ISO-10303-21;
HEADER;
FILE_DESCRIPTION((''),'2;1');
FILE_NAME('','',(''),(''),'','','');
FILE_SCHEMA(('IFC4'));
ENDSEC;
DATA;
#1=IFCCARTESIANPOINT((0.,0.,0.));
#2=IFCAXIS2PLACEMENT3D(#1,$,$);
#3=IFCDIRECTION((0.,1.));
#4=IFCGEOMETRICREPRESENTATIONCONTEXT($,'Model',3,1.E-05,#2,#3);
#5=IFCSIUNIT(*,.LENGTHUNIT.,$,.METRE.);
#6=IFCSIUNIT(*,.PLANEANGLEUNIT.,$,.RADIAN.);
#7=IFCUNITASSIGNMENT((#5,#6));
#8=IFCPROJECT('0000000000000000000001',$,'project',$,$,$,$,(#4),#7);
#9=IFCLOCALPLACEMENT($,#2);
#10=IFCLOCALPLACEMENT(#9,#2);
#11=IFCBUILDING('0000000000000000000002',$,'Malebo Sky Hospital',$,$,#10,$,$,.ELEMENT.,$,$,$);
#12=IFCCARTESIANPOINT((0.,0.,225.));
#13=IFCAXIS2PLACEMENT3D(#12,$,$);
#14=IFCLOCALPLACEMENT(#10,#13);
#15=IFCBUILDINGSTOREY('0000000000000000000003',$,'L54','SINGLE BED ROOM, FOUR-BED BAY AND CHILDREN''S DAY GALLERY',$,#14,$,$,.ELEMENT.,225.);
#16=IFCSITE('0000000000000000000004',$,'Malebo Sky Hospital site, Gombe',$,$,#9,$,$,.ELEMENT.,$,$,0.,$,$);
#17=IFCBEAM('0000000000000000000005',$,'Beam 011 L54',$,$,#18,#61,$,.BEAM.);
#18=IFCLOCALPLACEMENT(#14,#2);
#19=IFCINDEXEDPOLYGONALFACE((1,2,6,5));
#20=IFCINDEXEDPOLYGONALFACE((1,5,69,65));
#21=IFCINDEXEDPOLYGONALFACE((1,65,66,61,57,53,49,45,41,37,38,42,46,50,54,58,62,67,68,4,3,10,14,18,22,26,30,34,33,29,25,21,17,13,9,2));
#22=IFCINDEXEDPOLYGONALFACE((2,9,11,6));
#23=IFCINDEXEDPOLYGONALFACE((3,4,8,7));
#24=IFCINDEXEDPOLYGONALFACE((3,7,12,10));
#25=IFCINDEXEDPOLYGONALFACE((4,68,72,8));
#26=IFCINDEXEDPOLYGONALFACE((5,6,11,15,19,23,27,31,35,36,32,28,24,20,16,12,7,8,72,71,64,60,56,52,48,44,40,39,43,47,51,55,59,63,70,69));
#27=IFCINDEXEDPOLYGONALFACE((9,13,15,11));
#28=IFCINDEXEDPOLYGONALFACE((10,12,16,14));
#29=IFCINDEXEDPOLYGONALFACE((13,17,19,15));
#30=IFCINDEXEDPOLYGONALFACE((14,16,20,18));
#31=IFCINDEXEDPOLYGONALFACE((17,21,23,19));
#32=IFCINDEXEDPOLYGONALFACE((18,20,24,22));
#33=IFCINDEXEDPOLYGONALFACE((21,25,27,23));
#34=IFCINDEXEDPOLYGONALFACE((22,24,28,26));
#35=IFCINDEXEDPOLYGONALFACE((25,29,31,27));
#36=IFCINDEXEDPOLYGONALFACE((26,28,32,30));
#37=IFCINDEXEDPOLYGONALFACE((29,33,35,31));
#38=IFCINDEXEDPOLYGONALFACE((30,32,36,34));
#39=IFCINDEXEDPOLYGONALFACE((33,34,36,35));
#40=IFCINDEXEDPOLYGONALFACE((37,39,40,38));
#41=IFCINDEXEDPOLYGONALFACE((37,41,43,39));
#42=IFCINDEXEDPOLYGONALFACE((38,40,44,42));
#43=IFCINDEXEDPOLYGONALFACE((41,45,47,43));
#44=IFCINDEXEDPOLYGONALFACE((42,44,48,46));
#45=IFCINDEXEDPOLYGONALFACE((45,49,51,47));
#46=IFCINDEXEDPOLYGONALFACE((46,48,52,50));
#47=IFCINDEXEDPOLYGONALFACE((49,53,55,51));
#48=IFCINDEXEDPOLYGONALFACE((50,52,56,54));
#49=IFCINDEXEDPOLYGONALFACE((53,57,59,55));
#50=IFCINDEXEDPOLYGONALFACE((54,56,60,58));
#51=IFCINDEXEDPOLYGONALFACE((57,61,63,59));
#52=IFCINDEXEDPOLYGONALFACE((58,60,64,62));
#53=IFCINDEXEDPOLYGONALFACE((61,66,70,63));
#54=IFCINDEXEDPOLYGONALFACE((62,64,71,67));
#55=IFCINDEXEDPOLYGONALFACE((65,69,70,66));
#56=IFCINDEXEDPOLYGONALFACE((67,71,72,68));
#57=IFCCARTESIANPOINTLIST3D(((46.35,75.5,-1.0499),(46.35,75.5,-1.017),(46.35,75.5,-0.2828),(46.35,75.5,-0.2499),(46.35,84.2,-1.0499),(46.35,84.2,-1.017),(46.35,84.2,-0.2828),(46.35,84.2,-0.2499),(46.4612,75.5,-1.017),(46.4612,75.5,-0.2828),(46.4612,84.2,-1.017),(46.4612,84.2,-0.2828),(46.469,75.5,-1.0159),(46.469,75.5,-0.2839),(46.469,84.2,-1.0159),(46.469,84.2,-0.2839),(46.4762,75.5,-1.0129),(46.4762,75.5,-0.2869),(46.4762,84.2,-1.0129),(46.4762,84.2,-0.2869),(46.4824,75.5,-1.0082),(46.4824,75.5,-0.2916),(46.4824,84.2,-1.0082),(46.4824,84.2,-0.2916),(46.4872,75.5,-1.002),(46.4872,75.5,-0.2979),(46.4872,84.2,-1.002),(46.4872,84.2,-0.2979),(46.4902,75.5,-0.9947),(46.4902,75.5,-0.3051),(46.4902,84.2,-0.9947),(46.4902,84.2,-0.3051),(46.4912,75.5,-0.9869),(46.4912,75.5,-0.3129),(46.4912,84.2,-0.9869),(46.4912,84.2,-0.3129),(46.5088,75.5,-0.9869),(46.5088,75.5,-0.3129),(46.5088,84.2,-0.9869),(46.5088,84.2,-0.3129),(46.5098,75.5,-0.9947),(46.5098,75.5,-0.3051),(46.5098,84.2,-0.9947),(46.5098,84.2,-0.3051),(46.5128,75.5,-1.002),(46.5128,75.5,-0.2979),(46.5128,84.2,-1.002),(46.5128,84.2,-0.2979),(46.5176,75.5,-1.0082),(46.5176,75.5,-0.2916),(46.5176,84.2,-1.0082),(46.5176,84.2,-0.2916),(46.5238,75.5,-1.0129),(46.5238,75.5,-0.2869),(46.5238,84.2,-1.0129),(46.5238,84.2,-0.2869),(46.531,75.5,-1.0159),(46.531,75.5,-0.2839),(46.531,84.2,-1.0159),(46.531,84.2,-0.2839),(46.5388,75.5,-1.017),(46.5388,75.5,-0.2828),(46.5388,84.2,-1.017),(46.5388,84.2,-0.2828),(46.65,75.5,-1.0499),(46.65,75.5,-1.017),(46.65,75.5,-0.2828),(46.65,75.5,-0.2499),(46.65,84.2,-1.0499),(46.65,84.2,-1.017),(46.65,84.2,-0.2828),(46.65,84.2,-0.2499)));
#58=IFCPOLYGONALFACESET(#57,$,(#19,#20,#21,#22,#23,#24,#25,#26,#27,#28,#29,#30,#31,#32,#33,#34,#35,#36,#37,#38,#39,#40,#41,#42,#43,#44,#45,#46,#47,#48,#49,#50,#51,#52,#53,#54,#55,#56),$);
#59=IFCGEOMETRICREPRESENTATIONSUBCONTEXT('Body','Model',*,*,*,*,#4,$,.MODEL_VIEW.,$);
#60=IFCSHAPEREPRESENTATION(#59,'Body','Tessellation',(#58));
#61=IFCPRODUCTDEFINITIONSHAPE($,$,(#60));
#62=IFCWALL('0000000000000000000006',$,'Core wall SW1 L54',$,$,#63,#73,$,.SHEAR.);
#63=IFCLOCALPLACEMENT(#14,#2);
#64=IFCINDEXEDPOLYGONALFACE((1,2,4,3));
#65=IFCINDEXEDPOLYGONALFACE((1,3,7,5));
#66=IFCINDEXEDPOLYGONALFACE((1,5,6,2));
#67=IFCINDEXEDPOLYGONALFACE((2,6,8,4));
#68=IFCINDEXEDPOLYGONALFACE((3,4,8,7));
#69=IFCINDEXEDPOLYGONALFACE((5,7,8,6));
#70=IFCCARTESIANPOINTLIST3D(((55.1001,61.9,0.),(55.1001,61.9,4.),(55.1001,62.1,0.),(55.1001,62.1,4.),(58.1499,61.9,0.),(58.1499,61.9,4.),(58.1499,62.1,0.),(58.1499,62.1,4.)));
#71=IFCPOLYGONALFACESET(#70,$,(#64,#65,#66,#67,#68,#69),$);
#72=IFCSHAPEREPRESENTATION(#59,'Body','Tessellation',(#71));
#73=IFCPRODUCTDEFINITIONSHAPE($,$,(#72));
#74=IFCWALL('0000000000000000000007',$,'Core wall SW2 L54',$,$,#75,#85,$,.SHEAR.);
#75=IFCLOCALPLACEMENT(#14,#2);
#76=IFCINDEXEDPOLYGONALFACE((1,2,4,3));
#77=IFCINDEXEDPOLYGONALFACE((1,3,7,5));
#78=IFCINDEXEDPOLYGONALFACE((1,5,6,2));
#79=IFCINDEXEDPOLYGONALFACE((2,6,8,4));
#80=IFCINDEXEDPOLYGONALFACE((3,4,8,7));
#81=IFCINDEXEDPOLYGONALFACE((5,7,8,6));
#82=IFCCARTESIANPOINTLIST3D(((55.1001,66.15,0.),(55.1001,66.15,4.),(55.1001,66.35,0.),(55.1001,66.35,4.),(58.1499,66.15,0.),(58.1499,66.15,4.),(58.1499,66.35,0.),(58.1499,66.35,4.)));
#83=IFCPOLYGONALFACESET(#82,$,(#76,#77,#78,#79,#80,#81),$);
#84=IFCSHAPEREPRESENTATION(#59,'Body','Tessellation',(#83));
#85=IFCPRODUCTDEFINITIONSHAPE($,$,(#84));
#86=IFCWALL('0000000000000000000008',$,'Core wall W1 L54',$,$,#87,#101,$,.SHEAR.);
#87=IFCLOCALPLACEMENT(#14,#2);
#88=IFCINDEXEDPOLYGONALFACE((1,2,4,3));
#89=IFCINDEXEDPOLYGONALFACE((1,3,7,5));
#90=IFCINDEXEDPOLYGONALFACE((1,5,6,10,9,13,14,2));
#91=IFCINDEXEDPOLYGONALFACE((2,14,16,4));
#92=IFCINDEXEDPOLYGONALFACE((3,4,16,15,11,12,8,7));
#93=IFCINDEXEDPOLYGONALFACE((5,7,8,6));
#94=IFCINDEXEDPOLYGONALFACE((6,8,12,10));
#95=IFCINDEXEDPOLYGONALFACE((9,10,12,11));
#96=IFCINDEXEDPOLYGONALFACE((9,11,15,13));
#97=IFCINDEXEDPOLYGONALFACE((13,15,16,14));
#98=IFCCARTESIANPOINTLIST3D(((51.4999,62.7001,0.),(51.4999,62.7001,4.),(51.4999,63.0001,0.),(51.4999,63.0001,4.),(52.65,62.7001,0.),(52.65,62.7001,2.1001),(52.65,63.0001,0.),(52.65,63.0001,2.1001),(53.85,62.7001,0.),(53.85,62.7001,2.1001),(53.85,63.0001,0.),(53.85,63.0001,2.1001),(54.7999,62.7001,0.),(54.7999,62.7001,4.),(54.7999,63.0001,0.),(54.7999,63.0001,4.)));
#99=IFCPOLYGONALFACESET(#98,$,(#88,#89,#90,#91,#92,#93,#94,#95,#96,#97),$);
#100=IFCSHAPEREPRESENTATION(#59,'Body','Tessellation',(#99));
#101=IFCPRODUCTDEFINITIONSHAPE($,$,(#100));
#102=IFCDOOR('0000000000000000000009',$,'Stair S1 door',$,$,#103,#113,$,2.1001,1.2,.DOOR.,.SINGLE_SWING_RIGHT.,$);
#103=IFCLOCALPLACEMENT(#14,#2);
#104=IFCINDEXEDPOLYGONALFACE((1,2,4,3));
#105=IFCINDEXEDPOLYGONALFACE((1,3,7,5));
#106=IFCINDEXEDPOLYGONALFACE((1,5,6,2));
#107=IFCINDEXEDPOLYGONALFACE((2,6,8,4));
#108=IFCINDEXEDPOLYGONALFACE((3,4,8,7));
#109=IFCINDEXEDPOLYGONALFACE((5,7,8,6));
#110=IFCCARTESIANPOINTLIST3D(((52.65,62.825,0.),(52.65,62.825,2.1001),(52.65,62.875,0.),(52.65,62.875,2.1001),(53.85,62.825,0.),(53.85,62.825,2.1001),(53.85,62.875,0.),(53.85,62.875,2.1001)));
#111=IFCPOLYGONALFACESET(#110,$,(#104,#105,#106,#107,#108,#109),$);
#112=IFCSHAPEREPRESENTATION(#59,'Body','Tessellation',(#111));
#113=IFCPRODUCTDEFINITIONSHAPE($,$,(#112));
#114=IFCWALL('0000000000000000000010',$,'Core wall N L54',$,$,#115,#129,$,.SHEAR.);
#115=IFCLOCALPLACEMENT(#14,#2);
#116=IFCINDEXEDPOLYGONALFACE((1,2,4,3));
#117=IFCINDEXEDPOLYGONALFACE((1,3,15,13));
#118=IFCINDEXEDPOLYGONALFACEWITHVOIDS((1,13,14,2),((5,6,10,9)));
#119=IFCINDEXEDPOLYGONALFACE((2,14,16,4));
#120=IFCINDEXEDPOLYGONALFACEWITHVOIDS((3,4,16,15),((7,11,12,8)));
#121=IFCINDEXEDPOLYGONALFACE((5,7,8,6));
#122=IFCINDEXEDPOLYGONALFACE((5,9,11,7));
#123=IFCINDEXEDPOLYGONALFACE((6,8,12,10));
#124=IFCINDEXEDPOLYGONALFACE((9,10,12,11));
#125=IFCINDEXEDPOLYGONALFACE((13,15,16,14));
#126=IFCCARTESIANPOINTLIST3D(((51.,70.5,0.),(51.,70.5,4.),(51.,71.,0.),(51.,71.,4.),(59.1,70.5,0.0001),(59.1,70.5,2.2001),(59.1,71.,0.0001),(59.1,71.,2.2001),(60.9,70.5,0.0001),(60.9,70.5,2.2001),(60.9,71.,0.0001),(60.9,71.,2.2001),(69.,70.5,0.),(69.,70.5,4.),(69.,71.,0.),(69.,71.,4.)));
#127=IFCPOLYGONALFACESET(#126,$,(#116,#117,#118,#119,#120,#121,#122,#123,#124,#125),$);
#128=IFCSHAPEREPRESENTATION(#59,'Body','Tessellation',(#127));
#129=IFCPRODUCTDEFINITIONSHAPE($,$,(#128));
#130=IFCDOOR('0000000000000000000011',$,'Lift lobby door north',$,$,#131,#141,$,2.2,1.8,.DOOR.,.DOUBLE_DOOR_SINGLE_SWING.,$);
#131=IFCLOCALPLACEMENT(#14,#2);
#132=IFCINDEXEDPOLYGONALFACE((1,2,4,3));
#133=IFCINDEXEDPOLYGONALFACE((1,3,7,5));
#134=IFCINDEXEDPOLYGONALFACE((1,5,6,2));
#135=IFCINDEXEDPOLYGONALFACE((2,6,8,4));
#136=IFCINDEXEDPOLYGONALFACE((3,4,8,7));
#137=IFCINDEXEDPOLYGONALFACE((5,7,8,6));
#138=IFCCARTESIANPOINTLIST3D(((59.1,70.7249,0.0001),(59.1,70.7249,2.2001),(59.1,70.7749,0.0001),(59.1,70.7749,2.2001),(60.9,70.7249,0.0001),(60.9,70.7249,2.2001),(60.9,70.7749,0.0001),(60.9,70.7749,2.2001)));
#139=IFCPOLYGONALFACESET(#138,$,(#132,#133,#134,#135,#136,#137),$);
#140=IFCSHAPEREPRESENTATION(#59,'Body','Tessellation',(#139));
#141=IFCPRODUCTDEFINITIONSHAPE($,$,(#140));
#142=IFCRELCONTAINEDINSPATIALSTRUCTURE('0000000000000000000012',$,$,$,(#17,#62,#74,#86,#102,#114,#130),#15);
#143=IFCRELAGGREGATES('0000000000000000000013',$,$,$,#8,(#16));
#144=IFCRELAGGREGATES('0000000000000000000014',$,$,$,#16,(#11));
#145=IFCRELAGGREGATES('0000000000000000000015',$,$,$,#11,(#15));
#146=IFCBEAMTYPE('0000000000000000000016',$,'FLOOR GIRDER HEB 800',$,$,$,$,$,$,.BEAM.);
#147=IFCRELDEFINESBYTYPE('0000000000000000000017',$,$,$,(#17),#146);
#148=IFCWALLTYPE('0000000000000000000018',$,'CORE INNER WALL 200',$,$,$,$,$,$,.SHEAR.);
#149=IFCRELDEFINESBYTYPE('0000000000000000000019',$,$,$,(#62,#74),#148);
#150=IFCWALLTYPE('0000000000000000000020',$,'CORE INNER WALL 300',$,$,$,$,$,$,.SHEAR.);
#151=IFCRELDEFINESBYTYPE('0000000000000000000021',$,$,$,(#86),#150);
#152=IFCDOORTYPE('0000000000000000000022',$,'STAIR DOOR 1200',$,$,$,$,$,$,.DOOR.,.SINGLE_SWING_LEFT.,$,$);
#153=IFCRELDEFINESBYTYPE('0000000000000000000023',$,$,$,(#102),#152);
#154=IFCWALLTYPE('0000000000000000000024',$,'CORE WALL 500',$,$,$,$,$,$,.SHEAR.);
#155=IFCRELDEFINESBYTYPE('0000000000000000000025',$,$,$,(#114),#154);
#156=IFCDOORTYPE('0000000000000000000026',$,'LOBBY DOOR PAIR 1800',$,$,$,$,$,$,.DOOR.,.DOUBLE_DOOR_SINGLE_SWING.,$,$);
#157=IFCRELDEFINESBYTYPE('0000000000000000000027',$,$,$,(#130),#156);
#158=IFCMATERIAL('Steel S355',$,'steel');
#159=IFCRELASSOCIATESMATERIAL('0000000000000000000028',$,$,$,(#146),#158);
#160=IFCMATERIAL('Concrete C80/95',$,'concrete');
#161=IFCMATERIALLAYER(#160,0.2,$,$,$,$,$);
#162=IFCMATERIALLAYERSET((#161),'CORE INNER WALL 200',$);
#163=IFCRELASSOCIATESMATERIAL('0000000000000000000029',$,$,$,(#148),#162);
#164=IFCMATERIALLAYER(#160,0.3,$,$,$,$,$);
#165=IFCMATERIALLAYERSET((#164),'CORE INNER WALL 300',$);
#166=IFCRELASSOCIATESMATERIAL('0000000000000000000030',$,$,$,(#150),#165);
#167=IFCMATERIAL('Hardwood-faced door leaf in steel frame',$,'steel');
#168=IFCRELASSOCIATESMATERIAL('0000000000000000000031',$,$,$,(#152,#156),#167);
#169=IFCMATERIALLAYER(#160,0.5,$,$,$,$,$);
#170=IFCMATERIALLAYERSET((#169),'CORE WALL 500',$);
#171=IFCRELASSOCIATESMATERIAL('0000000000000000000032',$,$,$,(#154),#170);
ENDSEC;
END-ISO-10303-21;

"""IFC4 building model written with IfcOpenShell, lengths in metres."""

from ifc_helpers import new_model, si_unit, direction, frame, frame_2d, origin, origin_2d, place, context, subcontext, project, spatial, rectangle, i_section, extrude, material, layer, layer_set, material_profile, profile_set, type_object, element, fill, save


model = new_model("IFC4")

# Units and contexts
model_context = context("Model", 3, precision=1e-05, world=origin(), true_north=direction((0.0, 1.0)))
body_context = subcontext(model_context, "Body", "Model", "MODEL_VIEW")
ifc_project = project(units=[si_unit("LENGTHUNIT", "METRE"), si_unit("PLANEANGLEUNIT", "RADIAN")], contexts=[model_context])

# Site, building, storey
site_placement = place(None, origin())
site = spatial("IfcSite", under=ifc_project, at=site_placement, Name="Malebo Sky Hospital site, Gombe", CompositionType="ELEMENT", RefElevation=0.0)
building_placement = place(site_placement, origin())
building = spatial("IfcBuilding", under=site, at=building_placement, Name="Malebo Sky Hospital", CompositionType="ELEMENT")
storey_placement = place(building_placement, frame((0.0, 0.0, 225.0)))
storey = spatial("IfcBuildingStorey", under=building, at=storey_placement, Name="L54", Description="SINGLE BED ROOM, FOUR-BED BAY AND CHILDREN'S DAY GALLERY", CompositionType="ELEMENT", Elevation=225.0)

# Beam
ifc_material_1 = material(Name="Steel S355", Category="steel")
ifc_material_profile_1 = material_profile(ifc_material_1, i_section(OverallWidth=0.3, OverallDepth=0.8, WebThickness=0.0176, FlangeThickness=0.033, FilletRadius=0.03, at=origin_2d()), Name="HEB 800")
ifc_profile_set_1 = profile_set([ifc_material_profile_1], Name="Steel S355")
beam_type_1 = type_object("IfcBeamType", Name="FLOOR GIRDER HEB 800", PredefinedType="BEAM", material=ifc_profile_set_1)
beam_1_placement = place(storey_placement, frame((46.5, 75.5, -0.6499), z_axis=(0.0, 1.0, 0.0), x_axis=(-1.0, 0.0, 0.0)))
element("IfcBeam", 1, at=beam_1_placement, inside=storey, type_object=beam_type_1, Name="Beam 011 L54", PredefinedType="BEAM", context=body_context, shape_type="SweptSolid", body=[
    extrude(i_section(OverallWidth=0.3, OverallDepth=0.8, WebThickness=0.0176, FlangeThickness=0.033, FilletRadius=0.03, at=origin_2d()), origin(), (0.0, 0.0, 1.0), 8.7),
])

# Walls
ifc_material_2 = material(Name="Concrete C80/95", Category="concrete")
ifc_layer_1 = layer(ifc_material_2, 0.2)
ifc_layer_set_1 = layer_set([ifc_layer_1], Name="CORE INNER WALL 200")
wall_type_1 = type_object("IfcWallType", Name="CORE INNER WALL 200", PredefinedType="SHEAR", material=ifc_layer_set_1)
for number, where, z_axis, x_axis, name in (
    (2, (55.1001, 62.0, 0.0), (0.0, 0.0, 1.0), (1.0, 0.0, 0.0), "Core wall SW1 L54"),
    (3, (55.1001, 66.25, 0.0), (0.0, 0.0, 1.0), (1.0, 0.0, 0.0), "Core wall SW2 L54"),
):
    element("IfcWall", number, at=place(storey_placement, frame(where, z_axis=z_axis, x_axis=x_axis)), inside=storey, type_object=wall_type_1, Name=name, PredefinedType="SHEAR", context=body_context, shape_type="SweptSolid", body=[
        extrude(rectangle(XDim=3.0498, YDim=0.2, at=frame_2d((1.5249, 0.0))), origin(), (0.0, 0.0, 1.0), 4.0),
    ])

# Walls, openings, doors
ifc_layer_2 = layer(ifc_material_2, 0.3)
ifc_layer_set_2 = layer_set([ifc_layer_2], Name="CORE INNER WALL 300")
wall_type_2 = type_object("IfcWallType", Name="CORE INNER WALL 300", PredefinedType="SHEAR", material=ifc_layer_set_2)
wall_1_placement = place(storey_placement, frame((51.5, 62.8501, 0.0), z_axis=(0.0, 0.0, 1.0), x_axis=(1.0, 0.0, 0.0)))
wall_1 = element("IfcWall", 4, at=wall_1_placement, inside=storey, type_object=wall_type_2, Name="Core wall W1 L54", PredefinedType="SHEAR", context=body_context, shape_type="SweptSolid", body=[
    extrude(rectangle(XDim=3.3, YDim=0.3, at=frame_2d((1.6499, 0.0))), origin(), (0.0, 0.0, 1.0), 4.0),
])
opening_1_placement = place(wall_1_placement, frame((1.1499, 0.0, 0.0)))
opening_1 = element("IfcOpeningElement", 5, at=opening_1_placement, cuts=wall_1, PredefinedType="OPENING", context=body_context, shape_type="SweptSolid", body=[
    extrude(rectangle(XDim=1.2, YDim=2.1001, at=frame_2d((0.6001, 1.05))), frame((0.0, 0.1599, 0.0), z_axis=(0.0, -1.0, 0.0), x_axis=(1.0, 0.0, 0.0)), (0.0, 0.0, 1.0), 0.3201),
])
ifc_material_3 = material(Name="Hardwood-faced door leaf in steel frame", Category="steel")
door_type_1 = type_object("IfcDoorType", Name="STAIR DOOR 1200", OperationType="SINGLE_SWING_LEFT", PredefinedType="DOOR", material=ifc_material_3)
door_1_placement = place(opening_1_placement, origin())
door_1 = element("IfcDoor", 6, at=door_1_placement, inside=storey, type_object=door_type_1, Name="Stair S1 door", OperationType="SINGLE_SWING_RIGHT", OverallHeight=2.1001, OverallWidth=1.2, PredefinedType="DOOR", context=body_context, shape_type="SweptSolid", body=[
    extrude(rectangle(XDim=1.2, YDim=2.1001, at=frame_2d((0.6001, 1.05))), frame((0.0, 0.0249, 0.0), z_axis=(0.0, -1.0, 0.0), x_axis=(1.0, 0.0, 0.0)), (0.0, 0.0, 1.0), 0.05),
])
fill(opening_1, door_1)
ifc_layer_3 = layer(ifc_material_2, 0.5)
ifc_layer_set_3 = layer_set([ifc_layer_3], Name="CORE WALL 500")
wall_type_3 = type_object("IfcWallType", Name="CORE WALL 500", PredefinedType="SHEAR", material=ifc_layer_set_3)
wall_2_placement = place(storey_placement, frame((51.0, 70.75, 0.0), z_axis=(0.0, 0.0, 1.0), x_axis=(1.0, 0.0, 0.0)))
wall_2 = element("IfcWall", 7, at=wall_2_placement, inside=storey, type_object=wall_type_3, Name="Core wall N L54", PredefinedType="SHEAR", context=body_context, shape_type="SweptSolid", body=[
    extrude(rectangle(XDim=18.0, YDim=0.5, at=frame_2d((9.0, 0.0))), origin(), (0.0, 0.0, 1.0), 4.0),
])
opening_2_placement = place(wall_2_placement, frame((8.1001, 0.0, 0.0)))
opening_2 = element("IfcOpeningElement", 8, at=opening_2_placement, cuts=wall_2, PredefinedType="OPENING", context=body_context, shape_type="SweptSolid", body=[
    extrude(rectangle(XDim=1.8, YDim=2.2, at=frame_2d((0.8999, 1.1001))), frame((0.0, 0.26, 0.0), z_axis=(0.0, -1.0, 0.0), x_axis=(1.0, 0.0, 0.0)), (0.0, 0.0, 1.0), 0.52),
])
door_type_2 = type_object("IfcDoorType", Name="LOBBY DOOR PAIR 1800", OperationType="DOUBLE_DOOR_SINGLE_SWING", PredefinedType="DOOR", material=ifc_material_3)
door_2_placement = place(opening_2_placement, origin())
door_2 = element("IfcDoor", 9, at=door_2_placement, inside=storey, type_object=door_type_2, Name="Lift lobby door north", OperationType="DOUBLE_DOOR_SINGLE_SWING", OverallHeight=2.2, OverallWidth=1.8, PredefinedType="DOOR", context=body_context, shape_type="SweptSolid", body=[
    extrude(rectangle(XDim=1.8, YDim=2.2, at=frame_2d((0.8999, 1.1001))), frame((0.0, 0.0249, 0.0), z_axis=(0.0, -1.0, 0.0), x_axis=(1.0, 0.0, 0.0)), (0.0, 0.0, 1.0), 0.05),
])
fill(opening_2, door_2)

save(model, "model.ifc")
